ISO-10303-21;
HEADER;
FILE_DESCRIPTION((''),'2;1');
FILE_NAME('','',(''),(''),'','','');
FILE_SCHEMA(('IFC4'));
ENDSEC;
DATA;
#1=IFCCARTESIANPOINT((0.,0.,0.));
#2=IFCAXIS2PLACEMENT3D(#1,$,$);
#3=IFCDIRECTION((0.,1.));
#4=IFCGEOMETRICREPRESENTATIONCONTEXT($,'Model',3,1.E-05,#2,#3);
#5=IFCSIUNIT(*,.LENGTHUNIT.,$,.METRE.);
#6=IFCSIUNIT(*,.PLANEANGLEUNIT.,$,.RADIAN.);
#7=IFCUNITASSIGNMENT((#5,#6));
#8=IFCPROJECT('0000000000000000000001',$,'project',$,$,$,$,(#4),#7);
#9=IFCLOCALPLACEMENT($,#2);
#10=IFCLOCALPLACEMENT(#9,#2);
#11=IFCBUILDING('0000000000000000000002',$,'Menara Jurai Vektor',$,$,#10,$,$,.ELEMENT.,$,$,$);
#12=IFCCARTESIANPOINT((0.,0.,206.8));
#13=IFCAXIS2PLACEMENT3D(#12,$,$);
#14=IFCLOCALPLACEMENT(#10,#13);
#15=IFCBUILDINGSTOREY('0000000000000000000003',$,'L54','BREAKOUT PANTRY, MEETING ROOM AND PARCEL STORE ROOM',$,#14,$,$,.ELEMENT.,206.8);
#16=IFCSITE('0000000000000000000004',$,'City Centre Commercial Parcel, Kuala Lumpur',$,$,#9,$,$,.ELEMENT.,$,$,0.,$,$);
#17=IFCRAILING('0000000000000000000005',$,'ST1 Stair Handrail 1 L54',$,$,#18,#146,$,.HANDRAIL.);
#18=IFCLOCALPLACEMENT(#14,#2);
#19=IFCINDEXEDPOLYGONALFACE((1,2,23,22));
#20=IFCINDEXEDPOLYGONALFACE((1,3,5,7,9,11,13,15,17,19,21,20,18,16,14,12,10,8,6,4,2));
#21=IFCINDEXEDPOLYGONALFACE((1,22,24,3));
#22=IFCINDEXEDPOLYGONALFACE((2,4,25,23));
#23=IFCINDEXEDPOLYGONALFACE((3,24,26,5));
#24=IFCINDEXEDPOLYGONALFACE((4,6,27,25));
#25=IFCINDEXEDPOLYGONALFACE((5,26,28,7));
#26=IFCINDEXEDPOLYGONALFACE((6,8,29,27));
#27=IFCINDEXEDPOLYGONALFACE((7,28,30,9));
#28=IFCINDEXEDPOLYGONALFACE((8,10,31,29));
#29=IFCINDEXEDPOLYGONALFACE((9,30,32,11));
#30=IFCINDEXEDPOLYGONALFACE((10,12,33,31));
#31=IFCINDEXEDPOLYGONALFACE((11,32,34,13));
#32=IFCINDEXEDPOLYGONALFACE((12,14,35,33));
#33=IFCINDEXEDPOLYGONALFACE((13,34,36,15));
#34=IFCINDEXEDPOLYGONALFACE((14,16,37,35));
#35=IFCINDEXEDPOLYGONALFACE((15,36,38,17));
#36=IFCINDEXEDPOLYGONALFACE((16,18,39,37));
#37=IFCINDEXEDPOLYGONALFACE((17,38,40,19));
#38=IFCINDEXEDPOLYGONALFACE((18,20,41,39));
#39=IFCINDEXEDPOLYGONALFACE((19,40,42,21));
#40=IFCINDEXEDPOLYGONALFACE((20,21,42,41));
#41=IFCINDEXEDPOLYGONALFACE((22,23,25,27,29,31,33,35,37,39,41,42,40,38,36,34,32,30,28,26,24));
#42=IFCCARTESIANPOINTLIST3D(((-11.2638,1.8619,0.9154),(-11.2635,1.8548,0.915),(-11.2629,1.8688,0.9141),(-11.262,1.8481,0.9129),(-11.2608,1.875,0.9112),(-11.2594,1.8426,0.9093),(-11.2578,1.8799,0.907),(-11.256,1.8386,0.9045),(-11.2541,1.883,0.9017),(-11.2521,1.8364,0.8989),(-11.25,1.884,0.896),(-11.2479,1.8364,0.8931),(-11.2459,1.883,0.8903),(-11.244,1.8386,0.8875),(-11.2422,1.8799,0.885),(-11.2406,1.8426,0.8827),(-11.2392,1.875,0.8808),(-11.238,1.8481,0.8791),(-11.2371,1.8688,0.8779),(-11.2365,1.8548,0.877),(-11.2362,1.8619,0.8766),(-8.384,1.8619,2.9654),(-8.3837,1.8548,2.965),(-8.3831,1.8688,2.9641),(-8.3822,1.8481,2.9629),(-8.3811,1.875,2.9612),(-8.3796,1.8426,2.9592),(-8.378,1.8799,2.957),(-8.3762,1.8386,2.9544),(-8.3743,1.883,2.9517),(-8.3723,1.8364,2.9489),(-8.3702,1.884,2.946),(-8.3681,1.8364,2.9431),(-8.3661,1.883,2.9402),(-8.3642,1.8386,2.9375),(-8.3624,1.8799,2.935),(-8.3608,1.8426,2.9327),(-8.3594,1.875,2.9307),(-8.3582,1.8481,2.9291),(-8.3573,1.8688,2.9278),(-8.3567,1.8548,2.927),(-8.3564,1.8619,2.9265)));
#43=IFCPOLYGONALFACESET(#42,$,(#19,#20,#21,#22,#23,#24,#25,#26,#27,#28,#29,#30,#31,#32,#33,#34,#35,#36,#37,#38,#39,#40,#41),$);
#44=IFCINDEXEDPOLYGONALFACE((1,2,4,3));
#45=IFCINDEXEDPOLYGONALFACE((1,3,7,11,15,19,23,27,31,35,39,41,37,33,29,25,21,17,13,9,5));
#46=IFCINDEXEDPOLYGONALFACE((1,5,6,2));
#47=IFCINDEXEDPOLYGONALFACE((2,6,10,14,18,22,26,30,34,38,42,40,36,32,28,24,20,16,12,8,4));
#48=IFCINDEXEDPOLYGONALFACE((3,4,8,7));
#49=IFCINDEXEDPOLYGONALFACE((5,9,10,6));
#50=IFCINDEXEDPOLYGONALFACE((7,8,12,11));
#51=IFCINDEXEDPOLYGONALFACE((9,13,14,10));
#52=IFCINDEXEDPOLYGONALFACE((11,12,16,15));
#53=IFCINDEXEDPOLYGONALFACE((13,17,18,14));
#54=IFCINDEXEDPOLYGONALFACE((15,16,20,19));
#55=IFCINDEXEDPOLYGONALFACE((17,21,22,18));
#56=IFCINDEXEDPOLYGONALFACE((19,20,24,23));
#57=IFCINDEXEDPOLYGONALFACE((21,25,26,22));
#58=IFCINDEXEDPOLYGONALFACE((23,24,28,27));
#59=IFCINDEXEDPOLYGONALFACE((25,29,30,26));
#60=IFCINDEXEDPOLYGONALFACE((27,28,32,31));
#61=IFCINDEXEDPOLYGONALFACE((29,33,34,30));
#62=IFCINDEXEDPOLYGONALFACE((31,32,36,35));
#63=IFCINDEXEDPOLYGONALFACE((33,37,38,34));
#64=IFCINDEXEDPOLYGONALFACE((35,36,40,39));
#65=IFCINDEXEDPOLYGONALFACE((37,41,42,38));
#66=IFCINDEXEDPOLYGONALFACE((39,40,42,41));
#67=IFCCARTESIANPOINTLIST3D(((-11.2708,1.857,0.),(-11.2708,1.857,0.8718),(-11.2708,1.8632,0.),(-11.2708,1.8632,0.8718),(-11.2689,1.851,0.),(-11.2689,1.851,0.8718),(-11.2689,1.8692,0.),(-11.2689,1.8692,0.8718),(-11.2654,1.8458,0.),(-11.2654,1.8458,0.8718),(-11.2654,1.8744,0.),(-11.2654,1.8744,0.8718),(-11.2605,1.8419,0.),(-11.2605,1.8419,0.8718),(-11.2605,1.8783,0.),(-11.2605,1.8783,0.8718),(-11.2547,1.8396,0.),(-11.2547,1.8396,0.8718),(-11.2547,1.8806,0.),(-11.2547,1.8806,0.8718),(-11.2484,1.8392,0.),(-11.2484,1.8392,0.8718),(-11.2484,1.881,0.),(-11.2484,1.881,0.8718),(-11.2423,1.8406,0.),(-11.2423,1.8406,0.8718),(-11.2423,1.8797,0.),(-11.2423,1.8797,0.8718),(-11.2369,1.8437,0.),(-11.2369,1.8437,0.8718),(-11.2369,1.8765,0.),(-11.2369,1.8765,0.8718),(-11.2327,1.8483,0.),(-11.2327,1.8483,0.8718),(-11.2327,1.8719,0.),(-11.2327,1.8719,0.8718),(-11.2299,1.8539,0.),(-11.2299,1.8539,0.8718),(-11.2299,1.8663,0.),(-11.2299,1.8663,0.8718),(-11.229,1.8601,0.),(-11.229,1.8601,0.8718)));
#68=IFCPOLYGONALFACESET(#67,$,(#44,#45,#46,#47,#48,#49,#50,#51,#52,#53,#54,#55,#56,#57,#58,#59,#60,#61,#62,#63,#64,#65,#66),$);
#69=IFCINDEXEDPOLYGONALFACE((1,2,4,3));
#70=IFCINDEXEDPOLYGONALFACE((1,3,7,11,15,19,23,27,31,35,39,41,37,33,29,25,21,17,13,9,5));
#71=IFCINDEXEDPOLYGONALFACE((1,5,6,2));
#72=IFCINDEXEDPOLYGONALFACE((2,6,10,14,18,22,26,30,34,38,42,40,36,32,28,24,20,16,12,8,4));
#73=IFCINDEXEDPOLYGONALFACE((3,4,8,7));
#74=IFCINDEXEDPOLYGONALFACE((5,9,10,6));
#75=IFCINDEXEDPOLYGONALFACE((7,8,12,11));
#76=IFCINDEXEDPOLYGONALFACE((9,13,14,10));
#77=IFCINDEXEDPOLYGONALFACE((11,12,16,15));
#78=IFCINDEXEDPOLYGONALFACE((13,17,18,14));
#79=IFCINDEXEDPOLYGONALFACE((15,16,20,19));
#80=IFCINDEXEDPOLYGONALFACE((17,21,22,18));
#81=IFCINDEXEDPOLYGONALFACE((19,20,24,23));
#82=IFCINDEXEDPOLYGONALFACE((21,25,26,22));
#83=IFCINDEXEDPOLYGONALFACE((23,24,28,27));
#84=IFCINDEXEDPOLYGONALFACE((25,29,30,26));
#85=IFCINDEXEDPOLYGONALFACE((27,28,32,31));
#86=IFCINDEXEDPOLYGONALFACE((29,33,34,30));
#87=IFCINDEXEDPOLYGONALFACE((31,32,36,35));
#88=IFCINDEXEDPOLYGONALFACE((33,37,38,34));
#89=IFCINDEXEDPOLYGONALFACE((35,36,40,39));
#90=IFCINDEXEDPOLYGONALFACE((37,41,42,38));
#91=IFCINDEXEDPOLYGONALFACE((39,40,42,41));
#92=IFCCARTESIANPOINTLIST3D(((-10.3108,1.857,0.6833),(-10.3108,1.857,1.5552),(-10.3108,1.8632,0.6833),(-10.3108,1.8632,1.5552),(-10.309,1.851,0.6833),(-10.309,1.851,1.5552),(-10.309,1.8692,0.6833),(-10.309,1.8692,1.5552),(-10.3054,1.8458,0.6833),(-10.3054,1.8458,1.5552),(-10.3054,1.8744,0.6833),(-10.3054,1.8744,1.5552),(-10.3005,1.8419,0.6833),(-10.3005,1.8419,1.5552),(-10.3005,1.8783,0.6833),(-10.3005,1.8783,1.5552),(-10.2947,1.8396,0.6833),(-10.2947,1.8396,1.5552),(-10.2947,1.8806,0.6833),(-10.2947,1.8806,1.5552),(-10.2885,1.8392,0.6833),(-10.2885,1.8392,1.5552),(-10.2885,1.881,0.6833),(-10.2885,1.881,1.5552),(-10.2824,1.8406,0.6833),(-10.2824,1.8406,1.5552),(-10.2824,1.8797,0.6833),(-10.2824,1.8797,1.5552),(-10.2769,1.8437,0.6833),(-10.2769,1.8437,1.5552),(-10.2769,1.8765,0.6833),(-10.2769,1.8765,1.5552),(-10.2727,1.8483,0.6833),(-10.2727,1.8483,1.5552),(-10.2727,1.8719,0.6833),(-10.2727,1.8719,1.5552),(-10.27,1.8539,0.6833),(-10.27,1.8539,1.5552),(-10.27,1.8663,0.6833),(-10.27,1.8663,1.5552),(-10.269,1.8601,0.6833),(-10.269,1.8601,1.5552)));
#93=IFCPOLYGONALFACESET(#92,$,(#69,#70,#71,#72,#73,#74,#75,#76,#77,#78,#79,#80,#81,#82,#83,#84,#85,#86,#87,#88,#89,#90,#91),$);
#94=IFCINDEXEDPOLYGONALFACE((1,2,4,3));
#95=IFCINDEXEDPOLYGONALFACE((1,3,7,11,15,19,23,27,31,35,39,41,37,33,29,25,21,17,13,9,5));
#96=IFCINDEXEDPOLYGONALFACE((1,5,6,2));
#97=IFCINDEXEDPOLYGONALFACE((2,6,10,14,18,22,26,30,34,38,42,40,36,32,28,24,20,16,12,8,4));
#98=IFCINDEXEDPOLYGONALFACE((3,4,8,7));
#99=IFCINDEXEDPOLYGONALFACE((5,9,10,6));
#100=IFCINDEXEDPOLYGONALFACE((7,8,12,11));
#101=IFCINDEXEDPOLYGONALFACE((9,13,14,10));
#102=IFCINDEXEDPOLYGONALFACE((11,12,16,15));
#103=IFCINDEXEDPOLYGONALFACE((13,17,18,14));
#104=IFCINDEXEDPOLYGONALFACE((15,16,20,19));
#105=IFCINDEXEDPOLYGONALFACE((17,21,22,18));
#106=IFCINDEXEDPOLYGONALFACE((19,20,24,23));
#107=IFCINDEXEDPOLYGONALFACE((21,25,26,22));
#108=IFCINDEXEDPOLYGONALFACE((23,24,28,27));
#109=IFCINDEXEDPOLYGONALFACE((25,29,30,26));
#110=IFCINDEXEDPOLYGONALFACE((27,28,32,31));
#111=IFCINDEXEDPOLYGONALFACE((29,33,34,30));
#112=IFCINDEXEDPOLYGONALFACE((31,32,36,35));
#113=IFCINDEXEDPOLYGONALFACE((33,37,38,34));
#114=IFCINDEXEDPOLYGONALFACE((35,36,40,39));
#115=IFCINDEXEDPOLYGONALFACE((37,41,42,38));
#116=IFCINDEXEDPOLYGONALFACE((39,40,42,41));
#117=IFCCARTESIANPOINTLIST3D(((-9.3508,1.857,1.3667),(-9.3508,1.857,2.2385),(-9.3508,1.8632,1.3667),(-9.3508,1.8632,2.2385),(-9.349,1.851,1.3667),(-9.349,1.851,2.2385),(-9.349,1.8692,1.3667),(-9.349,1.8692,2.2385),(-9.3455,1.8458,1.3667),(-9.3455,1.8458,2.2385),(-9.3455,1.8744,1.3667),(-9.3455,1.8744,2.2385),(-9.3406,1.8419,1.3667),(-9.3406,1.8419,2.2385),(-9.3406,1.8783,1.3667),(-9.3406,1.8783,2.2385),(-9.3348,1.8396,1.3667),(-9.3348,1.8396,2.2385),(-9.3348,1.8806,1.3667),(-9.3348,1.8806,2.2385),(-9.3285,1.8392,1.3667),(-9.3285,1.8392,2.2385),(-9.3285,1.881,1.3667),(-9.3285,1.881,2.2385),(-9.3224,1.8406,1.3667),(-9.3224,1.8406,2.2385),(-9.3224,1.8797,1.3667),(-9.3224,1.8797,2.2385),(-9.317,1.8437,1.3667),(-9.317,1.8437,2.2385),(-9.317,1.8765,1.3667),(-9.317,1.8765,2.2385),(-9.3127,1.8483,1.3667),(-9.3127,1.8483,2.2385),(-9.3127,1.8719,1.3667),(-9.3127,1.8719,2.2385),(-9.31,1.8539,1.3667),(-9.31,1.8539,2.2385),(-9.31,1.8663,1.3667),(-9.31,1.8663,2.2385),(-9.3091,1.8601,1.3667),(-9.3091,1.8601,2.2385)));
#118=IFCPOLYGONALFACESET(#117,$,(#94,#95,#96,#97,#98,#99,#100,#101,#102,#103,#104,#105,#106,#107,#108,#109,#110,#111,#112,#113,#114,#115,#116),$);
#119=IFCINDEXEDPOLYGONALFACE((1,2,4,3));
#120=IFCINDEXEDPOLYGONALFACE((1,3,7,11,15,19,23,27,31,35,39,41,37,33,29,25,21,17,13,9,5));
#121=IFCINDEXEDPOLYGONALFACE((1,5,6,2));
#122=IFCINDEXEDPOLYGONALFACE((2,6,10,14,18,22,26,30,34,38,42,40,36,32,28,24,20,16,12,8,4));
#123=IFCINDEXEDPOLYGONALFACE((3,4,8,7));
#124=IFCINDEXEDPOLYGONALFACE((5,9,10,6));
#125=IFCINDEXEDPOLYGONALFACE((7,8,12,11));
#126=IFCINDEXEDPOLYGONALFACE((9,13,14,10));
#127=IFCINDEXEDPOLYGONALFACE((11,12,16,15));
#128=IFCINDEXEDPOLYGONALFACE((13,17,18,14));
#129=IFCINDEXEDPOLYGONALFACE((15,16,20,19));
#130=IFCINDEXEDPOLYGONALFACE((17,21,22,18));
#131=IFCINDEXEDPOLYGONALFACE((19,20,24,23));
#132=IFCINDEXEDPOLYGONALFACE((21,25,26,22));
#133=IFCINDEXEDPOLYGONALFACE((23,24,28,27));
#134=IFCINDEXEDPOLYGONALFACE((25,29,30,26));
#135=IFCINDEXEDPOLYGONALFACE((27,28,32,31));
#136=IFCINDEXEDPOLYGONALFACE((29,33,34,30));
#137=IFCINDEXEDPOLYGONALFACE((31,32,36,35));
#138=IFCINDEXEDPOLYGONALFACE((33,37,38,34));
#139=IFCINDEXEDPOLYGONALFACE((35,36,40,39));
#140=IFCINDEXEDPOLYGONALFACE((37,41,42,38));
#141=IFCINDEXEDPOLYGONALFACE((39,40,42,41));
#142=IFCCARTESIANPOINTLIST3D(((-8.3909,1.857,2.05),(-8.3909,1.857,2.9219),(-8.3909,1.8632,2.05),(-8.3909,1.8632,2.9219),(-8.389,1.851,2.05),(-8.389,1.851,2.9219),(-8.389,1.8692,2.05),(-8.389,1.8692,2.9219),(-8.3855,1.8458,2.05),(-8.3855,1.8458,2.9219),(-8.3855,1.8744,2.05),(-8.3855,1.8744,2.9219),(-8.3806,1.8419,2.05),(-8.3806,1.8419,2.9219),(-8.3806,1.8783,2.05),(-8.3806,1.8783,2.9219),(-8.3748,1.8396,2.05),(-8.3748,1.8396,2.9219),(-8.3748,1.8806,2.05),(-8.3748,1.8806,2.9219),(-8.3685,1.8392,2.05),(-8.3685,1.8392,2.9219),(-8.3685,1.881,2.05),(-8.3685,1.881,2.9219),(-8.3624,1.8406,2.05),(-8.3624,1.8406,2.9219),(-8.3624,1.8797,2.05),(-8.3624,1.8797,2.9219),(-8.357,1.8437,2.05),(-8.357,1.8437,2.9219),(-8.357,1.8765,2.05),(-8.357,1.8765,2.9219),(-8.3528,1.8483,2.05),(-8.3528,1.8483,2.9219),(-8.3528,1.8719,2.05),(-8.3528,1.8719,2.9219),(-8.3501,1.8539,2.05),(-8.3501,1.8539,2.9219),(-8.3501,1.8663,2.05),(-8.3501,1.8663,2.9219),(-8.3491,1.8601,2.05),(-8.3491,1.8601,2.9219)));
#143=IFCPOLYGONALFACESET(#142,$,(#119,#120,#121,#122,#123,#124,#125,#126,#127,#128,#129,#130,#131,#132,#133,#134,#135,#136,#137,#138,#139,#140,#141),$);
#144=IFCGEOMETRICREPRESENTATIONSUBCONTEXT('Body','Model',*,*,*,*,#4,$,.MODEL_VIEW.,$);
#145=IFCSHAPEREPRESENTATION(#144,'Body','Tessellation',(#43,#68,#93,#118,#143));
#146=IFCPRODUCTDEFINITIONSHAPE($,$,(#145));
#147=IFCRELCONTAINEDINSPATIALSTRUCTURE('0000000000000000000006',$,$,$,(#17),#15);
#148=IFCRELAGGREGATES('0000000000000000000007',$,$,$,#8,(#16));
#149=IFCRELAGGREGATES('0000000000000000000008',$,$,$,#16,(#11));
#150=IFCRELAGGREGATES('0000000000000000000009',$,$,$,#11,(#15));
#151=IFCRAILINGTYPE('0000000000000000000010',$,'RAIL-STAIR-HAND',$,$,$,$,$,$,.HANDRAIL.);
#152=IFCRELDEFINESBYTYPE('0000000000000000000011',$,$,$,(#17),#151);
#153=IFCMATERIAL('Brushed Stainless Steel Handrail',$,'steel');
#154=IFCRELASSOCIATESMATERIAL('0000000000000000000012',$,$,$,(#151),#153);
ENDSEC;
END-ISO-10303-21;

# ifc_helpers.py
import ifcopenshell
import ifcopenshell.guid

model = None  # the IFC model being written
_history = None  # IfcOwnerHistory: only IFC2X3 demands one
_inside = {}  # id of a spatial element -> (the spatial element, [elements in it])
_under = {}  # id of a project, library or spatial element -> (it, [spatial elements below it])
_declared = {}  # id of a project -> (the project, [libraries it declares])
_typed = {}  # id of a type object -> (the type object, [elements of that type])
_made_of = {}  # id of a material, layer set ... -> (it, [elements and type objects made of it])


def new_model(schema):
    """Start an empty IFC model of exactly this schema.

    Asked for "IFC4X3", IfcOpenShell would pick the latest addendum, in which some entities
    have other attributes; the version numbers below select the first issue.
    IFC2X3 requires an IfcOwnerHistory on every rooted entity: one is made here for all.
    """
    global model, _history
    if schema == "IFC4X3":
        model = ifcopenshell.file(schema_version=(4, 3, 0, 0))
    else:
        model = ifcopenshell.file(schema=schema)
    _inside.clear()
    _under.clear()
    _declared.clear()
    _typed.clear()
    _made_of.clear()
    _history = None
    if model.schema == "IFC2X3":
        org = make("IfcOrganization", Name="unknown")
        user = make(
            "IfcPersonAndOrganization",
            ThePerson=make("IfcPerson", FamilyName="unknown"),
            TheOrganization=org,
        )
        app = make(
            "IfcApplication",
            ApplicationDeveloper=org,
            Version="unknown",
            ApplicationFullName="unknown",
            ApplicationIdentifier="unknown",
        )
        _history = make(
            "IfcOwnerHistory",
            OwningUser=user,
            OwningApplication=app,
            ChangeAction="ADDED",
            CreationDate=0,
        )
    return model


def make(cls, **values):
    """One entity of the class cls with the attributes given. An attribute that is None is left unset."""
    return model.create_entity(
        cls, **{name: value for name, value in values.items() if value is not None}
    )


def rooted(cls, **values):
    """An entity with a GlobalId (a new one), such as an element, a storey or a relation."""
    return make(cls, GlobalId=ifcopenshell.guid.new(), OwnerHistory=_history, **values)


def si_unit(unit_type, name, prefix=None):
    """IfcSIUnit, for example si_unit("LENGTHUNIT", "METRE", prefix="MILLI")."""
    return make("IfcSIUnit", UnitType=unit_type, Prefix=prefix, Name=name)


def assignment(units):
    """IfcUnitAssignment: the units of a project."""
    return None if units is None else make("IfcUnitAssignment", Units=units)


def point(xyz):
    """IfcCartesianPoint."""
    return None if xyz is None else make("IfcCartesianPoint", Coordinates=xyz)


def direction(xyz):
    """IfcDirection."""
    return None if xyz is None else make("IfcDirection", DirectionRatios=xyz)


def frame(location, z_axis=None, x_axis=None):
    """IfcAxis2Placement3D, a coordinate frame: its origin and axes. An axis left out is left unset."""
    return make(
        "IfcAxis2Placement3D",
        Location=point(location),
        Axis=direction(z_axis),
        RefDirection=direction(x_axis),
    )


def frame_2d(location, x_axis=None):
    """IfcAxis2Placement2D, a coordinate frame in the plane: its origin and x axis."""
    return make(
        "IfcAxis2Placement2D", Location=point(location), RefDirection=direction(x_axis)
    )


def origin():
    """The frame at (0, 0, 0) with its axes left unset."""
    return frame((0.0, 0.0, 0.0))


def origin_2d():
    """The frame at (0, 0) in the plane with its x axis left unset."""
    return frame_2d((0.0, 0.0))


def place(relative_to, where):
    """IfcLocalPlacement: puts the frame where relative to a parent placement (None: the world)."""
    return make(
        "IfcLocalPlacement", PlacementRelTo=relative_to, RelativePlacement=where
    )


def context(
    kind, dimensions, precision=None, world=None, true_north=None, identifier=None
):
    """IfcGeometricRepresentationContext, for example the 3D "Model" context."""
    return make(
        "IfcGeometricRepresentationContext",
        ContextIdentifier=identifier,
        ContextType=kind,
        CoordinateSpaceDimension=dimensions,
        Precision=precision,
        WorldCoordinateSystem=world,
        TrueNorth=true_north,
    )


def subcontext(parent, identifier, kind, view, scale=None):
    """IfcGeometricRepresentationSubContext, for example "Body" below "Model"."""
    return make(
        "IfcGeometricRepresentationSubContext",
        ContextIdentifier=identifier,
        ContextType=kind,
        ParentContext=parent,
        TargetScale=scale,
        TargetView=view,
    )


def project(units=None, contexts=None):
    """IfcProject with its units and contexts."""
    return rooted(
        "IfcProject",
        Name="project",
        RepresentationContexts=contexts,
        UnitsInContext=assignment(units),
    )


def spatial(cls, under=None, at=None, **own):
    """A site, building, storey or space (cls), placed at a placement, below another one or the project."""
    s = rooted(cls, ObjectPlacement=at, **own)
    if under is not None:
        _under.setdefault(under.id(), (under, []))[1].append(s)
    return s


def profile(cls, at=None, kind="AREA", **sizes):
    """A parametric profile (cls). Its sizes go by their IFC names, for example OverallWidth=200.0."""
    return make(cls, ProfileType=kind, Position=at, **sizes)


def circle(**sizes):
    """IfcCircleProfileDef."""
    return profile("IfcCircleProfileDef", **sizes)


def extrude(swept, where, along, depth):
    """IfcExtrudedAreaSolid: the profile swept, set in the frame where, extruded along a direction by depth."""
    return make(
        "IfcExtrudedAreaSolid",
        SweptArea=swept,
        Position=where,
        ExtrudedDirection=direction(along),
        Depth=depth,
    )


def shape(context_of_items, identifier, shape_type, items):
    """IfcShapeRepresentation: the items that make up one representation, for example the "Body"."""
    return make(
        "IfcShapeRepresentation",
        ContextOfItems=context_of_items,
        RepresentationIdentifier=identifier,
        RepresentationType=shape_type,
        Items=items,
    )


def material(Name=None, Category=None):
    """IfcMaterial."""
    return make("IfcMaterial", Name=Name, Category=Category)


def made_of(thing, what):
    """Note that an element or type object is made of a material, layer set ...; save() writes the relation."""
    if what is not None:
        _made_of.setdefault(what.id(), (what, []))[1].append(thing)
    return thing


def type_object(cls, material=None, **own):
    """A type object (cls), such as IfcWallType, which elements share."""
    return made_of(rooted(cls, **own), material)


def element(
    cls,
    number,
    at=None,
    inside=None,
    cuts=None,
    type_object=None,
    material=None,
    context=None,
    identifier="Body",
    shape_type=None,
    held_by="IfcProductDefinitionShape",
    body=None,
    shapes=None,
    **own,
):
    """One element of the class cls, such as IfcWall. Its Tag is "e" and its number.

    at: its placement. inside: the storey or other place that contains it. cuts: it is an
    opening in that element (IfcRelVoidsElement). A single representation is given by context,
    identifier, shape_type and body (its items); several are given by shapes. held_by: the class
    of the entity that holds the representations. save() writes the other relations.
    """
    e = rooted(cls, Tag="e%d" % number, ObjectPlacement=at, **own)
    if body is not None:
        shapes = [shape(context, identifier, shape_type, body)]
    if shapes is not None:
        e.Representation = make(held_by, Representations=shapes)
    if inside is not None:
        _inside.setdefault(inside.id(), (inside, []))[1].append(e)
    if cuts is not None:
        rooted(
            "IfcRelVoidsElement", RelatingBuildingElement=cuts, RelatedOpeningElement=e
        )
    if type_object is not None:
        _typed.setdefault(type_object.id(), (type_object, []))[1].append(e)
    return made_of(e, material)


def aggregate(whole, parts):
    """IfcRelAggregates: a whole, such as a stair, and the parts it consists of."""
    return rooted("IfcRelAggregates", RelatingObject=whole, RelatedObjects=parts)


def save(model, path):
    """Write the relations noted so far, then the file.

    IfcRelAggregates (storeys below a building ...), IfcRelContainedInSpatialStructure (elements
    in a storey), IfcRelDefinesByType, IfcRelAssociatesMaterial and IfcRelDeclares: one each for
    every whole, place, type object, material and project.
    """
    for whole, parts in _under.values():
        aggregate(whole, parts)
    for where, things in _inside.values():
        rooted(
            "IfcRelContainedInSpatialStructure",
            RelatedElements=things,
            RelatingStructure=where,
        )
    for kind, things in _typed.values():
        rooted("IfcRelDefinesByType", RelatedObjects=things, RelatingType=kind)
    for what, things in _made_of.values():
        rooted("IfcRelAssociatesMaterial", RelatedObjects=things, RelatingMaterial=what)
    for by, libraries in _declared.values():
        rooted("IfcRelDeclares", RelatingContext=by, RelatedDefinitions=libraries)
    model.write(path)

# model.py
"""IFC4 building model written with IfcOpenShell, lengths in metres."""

from ifc_helpers import new_model, si_unit, direction, frame, origin, origin_2d, place, context, subcontext, project, spatial, circle, extrude, material, type_object, element, save


model = new_model("IFC4")

# Units and contexts
model_context = context("Model", 3, precision=1e-05, world=origin(), true_north=direction((0.0, 1.0)))
body_context = subcontext(model_context, "Body", "Model", "MODEL_VIEW")
ifc_project = project(units=[si_unit("LENGTHUNIT", "METRE"), si_unit("PLANEANGLEUNIT", "RADIAN")], contexts=[model_context])

# Site, building, storey
site_placement = place(None, origin())
site = spatial("IfcSite", under=ifc_project, at=site_placement, Name="City Centre Commercial Parcel, Kuala Lumpur", CompositionType="ELEMENT", RefElevation=0.0)
building_placement = place(site_placement, origin())
building = spatial("IfcBuilding", under=site, at=building_placement, Name="Menara Jurai Vektor", CompositionType="ELEMENT")
storey_placement = place(building_placement, frame((0.0, 0.0, 206.8)))
storey = spatial("IfcBuildingStorey", under=building, at=storey_placement, Name="L54", Description="BREAKOUT PANTRY, MEETING ROOM AND PARCEL STORE ROOM", CompositionType="ELEMENT", Elevation=206.8)

# Railing
ifc_material_1 = material(Name="Brushed Stainless Steel Handrail", Category="steel")
railing_type_1 = type_object("IfcRailingType", Name="RAIL-STAIR-HAND", PredefinedType="HANDRAIL", material=ifc_material_1)
railing_1_placement = place(storey_placement, frame((-11.25, 1.8601, 0.0)))
element("IfcRailing", 1, at=railing_1_placement, inside=storey, type_object=railing_type_1, Name="ST1 Stair Handrail 1 L54", PredefinedType="HANDRAIL", context=body_context, shape_type="SweptSolid", body=[
    extrude(circle(Radius=0.0239, at=origin_2d()), frame((0.0, 0.0, 0.896), z_axis=(0.81467, 0.0, 0.579924), x_axis=(0.0, 1.0, 0.0)), (0.0, 0.0, 1.0), 3.5349),
    extrude(circle(Radius=0.021, at=origin_2d()), origin(), (0.0, 0.0, 1.0), 0.8718),
    extrude(circle(Radius=0.021, at=origin_2d()), frame((0.96, 0.0, 0.6833)), (0.0, 0.0, 1.0), 0.8718),
    extrude(circle(Radius=0.021, at=origin_2d()), frame((1.9199, 0.0, 1.3667)), (0.0, 0.0, 1.0), 0.8718),
    extrude(circle(Radius=0.021, at=origin_2d()), frame((2.8799, 0.0, 2.05)), (0.0, 0.0, 1.0), 0.8718),
])

save(model, "model.ifc")
